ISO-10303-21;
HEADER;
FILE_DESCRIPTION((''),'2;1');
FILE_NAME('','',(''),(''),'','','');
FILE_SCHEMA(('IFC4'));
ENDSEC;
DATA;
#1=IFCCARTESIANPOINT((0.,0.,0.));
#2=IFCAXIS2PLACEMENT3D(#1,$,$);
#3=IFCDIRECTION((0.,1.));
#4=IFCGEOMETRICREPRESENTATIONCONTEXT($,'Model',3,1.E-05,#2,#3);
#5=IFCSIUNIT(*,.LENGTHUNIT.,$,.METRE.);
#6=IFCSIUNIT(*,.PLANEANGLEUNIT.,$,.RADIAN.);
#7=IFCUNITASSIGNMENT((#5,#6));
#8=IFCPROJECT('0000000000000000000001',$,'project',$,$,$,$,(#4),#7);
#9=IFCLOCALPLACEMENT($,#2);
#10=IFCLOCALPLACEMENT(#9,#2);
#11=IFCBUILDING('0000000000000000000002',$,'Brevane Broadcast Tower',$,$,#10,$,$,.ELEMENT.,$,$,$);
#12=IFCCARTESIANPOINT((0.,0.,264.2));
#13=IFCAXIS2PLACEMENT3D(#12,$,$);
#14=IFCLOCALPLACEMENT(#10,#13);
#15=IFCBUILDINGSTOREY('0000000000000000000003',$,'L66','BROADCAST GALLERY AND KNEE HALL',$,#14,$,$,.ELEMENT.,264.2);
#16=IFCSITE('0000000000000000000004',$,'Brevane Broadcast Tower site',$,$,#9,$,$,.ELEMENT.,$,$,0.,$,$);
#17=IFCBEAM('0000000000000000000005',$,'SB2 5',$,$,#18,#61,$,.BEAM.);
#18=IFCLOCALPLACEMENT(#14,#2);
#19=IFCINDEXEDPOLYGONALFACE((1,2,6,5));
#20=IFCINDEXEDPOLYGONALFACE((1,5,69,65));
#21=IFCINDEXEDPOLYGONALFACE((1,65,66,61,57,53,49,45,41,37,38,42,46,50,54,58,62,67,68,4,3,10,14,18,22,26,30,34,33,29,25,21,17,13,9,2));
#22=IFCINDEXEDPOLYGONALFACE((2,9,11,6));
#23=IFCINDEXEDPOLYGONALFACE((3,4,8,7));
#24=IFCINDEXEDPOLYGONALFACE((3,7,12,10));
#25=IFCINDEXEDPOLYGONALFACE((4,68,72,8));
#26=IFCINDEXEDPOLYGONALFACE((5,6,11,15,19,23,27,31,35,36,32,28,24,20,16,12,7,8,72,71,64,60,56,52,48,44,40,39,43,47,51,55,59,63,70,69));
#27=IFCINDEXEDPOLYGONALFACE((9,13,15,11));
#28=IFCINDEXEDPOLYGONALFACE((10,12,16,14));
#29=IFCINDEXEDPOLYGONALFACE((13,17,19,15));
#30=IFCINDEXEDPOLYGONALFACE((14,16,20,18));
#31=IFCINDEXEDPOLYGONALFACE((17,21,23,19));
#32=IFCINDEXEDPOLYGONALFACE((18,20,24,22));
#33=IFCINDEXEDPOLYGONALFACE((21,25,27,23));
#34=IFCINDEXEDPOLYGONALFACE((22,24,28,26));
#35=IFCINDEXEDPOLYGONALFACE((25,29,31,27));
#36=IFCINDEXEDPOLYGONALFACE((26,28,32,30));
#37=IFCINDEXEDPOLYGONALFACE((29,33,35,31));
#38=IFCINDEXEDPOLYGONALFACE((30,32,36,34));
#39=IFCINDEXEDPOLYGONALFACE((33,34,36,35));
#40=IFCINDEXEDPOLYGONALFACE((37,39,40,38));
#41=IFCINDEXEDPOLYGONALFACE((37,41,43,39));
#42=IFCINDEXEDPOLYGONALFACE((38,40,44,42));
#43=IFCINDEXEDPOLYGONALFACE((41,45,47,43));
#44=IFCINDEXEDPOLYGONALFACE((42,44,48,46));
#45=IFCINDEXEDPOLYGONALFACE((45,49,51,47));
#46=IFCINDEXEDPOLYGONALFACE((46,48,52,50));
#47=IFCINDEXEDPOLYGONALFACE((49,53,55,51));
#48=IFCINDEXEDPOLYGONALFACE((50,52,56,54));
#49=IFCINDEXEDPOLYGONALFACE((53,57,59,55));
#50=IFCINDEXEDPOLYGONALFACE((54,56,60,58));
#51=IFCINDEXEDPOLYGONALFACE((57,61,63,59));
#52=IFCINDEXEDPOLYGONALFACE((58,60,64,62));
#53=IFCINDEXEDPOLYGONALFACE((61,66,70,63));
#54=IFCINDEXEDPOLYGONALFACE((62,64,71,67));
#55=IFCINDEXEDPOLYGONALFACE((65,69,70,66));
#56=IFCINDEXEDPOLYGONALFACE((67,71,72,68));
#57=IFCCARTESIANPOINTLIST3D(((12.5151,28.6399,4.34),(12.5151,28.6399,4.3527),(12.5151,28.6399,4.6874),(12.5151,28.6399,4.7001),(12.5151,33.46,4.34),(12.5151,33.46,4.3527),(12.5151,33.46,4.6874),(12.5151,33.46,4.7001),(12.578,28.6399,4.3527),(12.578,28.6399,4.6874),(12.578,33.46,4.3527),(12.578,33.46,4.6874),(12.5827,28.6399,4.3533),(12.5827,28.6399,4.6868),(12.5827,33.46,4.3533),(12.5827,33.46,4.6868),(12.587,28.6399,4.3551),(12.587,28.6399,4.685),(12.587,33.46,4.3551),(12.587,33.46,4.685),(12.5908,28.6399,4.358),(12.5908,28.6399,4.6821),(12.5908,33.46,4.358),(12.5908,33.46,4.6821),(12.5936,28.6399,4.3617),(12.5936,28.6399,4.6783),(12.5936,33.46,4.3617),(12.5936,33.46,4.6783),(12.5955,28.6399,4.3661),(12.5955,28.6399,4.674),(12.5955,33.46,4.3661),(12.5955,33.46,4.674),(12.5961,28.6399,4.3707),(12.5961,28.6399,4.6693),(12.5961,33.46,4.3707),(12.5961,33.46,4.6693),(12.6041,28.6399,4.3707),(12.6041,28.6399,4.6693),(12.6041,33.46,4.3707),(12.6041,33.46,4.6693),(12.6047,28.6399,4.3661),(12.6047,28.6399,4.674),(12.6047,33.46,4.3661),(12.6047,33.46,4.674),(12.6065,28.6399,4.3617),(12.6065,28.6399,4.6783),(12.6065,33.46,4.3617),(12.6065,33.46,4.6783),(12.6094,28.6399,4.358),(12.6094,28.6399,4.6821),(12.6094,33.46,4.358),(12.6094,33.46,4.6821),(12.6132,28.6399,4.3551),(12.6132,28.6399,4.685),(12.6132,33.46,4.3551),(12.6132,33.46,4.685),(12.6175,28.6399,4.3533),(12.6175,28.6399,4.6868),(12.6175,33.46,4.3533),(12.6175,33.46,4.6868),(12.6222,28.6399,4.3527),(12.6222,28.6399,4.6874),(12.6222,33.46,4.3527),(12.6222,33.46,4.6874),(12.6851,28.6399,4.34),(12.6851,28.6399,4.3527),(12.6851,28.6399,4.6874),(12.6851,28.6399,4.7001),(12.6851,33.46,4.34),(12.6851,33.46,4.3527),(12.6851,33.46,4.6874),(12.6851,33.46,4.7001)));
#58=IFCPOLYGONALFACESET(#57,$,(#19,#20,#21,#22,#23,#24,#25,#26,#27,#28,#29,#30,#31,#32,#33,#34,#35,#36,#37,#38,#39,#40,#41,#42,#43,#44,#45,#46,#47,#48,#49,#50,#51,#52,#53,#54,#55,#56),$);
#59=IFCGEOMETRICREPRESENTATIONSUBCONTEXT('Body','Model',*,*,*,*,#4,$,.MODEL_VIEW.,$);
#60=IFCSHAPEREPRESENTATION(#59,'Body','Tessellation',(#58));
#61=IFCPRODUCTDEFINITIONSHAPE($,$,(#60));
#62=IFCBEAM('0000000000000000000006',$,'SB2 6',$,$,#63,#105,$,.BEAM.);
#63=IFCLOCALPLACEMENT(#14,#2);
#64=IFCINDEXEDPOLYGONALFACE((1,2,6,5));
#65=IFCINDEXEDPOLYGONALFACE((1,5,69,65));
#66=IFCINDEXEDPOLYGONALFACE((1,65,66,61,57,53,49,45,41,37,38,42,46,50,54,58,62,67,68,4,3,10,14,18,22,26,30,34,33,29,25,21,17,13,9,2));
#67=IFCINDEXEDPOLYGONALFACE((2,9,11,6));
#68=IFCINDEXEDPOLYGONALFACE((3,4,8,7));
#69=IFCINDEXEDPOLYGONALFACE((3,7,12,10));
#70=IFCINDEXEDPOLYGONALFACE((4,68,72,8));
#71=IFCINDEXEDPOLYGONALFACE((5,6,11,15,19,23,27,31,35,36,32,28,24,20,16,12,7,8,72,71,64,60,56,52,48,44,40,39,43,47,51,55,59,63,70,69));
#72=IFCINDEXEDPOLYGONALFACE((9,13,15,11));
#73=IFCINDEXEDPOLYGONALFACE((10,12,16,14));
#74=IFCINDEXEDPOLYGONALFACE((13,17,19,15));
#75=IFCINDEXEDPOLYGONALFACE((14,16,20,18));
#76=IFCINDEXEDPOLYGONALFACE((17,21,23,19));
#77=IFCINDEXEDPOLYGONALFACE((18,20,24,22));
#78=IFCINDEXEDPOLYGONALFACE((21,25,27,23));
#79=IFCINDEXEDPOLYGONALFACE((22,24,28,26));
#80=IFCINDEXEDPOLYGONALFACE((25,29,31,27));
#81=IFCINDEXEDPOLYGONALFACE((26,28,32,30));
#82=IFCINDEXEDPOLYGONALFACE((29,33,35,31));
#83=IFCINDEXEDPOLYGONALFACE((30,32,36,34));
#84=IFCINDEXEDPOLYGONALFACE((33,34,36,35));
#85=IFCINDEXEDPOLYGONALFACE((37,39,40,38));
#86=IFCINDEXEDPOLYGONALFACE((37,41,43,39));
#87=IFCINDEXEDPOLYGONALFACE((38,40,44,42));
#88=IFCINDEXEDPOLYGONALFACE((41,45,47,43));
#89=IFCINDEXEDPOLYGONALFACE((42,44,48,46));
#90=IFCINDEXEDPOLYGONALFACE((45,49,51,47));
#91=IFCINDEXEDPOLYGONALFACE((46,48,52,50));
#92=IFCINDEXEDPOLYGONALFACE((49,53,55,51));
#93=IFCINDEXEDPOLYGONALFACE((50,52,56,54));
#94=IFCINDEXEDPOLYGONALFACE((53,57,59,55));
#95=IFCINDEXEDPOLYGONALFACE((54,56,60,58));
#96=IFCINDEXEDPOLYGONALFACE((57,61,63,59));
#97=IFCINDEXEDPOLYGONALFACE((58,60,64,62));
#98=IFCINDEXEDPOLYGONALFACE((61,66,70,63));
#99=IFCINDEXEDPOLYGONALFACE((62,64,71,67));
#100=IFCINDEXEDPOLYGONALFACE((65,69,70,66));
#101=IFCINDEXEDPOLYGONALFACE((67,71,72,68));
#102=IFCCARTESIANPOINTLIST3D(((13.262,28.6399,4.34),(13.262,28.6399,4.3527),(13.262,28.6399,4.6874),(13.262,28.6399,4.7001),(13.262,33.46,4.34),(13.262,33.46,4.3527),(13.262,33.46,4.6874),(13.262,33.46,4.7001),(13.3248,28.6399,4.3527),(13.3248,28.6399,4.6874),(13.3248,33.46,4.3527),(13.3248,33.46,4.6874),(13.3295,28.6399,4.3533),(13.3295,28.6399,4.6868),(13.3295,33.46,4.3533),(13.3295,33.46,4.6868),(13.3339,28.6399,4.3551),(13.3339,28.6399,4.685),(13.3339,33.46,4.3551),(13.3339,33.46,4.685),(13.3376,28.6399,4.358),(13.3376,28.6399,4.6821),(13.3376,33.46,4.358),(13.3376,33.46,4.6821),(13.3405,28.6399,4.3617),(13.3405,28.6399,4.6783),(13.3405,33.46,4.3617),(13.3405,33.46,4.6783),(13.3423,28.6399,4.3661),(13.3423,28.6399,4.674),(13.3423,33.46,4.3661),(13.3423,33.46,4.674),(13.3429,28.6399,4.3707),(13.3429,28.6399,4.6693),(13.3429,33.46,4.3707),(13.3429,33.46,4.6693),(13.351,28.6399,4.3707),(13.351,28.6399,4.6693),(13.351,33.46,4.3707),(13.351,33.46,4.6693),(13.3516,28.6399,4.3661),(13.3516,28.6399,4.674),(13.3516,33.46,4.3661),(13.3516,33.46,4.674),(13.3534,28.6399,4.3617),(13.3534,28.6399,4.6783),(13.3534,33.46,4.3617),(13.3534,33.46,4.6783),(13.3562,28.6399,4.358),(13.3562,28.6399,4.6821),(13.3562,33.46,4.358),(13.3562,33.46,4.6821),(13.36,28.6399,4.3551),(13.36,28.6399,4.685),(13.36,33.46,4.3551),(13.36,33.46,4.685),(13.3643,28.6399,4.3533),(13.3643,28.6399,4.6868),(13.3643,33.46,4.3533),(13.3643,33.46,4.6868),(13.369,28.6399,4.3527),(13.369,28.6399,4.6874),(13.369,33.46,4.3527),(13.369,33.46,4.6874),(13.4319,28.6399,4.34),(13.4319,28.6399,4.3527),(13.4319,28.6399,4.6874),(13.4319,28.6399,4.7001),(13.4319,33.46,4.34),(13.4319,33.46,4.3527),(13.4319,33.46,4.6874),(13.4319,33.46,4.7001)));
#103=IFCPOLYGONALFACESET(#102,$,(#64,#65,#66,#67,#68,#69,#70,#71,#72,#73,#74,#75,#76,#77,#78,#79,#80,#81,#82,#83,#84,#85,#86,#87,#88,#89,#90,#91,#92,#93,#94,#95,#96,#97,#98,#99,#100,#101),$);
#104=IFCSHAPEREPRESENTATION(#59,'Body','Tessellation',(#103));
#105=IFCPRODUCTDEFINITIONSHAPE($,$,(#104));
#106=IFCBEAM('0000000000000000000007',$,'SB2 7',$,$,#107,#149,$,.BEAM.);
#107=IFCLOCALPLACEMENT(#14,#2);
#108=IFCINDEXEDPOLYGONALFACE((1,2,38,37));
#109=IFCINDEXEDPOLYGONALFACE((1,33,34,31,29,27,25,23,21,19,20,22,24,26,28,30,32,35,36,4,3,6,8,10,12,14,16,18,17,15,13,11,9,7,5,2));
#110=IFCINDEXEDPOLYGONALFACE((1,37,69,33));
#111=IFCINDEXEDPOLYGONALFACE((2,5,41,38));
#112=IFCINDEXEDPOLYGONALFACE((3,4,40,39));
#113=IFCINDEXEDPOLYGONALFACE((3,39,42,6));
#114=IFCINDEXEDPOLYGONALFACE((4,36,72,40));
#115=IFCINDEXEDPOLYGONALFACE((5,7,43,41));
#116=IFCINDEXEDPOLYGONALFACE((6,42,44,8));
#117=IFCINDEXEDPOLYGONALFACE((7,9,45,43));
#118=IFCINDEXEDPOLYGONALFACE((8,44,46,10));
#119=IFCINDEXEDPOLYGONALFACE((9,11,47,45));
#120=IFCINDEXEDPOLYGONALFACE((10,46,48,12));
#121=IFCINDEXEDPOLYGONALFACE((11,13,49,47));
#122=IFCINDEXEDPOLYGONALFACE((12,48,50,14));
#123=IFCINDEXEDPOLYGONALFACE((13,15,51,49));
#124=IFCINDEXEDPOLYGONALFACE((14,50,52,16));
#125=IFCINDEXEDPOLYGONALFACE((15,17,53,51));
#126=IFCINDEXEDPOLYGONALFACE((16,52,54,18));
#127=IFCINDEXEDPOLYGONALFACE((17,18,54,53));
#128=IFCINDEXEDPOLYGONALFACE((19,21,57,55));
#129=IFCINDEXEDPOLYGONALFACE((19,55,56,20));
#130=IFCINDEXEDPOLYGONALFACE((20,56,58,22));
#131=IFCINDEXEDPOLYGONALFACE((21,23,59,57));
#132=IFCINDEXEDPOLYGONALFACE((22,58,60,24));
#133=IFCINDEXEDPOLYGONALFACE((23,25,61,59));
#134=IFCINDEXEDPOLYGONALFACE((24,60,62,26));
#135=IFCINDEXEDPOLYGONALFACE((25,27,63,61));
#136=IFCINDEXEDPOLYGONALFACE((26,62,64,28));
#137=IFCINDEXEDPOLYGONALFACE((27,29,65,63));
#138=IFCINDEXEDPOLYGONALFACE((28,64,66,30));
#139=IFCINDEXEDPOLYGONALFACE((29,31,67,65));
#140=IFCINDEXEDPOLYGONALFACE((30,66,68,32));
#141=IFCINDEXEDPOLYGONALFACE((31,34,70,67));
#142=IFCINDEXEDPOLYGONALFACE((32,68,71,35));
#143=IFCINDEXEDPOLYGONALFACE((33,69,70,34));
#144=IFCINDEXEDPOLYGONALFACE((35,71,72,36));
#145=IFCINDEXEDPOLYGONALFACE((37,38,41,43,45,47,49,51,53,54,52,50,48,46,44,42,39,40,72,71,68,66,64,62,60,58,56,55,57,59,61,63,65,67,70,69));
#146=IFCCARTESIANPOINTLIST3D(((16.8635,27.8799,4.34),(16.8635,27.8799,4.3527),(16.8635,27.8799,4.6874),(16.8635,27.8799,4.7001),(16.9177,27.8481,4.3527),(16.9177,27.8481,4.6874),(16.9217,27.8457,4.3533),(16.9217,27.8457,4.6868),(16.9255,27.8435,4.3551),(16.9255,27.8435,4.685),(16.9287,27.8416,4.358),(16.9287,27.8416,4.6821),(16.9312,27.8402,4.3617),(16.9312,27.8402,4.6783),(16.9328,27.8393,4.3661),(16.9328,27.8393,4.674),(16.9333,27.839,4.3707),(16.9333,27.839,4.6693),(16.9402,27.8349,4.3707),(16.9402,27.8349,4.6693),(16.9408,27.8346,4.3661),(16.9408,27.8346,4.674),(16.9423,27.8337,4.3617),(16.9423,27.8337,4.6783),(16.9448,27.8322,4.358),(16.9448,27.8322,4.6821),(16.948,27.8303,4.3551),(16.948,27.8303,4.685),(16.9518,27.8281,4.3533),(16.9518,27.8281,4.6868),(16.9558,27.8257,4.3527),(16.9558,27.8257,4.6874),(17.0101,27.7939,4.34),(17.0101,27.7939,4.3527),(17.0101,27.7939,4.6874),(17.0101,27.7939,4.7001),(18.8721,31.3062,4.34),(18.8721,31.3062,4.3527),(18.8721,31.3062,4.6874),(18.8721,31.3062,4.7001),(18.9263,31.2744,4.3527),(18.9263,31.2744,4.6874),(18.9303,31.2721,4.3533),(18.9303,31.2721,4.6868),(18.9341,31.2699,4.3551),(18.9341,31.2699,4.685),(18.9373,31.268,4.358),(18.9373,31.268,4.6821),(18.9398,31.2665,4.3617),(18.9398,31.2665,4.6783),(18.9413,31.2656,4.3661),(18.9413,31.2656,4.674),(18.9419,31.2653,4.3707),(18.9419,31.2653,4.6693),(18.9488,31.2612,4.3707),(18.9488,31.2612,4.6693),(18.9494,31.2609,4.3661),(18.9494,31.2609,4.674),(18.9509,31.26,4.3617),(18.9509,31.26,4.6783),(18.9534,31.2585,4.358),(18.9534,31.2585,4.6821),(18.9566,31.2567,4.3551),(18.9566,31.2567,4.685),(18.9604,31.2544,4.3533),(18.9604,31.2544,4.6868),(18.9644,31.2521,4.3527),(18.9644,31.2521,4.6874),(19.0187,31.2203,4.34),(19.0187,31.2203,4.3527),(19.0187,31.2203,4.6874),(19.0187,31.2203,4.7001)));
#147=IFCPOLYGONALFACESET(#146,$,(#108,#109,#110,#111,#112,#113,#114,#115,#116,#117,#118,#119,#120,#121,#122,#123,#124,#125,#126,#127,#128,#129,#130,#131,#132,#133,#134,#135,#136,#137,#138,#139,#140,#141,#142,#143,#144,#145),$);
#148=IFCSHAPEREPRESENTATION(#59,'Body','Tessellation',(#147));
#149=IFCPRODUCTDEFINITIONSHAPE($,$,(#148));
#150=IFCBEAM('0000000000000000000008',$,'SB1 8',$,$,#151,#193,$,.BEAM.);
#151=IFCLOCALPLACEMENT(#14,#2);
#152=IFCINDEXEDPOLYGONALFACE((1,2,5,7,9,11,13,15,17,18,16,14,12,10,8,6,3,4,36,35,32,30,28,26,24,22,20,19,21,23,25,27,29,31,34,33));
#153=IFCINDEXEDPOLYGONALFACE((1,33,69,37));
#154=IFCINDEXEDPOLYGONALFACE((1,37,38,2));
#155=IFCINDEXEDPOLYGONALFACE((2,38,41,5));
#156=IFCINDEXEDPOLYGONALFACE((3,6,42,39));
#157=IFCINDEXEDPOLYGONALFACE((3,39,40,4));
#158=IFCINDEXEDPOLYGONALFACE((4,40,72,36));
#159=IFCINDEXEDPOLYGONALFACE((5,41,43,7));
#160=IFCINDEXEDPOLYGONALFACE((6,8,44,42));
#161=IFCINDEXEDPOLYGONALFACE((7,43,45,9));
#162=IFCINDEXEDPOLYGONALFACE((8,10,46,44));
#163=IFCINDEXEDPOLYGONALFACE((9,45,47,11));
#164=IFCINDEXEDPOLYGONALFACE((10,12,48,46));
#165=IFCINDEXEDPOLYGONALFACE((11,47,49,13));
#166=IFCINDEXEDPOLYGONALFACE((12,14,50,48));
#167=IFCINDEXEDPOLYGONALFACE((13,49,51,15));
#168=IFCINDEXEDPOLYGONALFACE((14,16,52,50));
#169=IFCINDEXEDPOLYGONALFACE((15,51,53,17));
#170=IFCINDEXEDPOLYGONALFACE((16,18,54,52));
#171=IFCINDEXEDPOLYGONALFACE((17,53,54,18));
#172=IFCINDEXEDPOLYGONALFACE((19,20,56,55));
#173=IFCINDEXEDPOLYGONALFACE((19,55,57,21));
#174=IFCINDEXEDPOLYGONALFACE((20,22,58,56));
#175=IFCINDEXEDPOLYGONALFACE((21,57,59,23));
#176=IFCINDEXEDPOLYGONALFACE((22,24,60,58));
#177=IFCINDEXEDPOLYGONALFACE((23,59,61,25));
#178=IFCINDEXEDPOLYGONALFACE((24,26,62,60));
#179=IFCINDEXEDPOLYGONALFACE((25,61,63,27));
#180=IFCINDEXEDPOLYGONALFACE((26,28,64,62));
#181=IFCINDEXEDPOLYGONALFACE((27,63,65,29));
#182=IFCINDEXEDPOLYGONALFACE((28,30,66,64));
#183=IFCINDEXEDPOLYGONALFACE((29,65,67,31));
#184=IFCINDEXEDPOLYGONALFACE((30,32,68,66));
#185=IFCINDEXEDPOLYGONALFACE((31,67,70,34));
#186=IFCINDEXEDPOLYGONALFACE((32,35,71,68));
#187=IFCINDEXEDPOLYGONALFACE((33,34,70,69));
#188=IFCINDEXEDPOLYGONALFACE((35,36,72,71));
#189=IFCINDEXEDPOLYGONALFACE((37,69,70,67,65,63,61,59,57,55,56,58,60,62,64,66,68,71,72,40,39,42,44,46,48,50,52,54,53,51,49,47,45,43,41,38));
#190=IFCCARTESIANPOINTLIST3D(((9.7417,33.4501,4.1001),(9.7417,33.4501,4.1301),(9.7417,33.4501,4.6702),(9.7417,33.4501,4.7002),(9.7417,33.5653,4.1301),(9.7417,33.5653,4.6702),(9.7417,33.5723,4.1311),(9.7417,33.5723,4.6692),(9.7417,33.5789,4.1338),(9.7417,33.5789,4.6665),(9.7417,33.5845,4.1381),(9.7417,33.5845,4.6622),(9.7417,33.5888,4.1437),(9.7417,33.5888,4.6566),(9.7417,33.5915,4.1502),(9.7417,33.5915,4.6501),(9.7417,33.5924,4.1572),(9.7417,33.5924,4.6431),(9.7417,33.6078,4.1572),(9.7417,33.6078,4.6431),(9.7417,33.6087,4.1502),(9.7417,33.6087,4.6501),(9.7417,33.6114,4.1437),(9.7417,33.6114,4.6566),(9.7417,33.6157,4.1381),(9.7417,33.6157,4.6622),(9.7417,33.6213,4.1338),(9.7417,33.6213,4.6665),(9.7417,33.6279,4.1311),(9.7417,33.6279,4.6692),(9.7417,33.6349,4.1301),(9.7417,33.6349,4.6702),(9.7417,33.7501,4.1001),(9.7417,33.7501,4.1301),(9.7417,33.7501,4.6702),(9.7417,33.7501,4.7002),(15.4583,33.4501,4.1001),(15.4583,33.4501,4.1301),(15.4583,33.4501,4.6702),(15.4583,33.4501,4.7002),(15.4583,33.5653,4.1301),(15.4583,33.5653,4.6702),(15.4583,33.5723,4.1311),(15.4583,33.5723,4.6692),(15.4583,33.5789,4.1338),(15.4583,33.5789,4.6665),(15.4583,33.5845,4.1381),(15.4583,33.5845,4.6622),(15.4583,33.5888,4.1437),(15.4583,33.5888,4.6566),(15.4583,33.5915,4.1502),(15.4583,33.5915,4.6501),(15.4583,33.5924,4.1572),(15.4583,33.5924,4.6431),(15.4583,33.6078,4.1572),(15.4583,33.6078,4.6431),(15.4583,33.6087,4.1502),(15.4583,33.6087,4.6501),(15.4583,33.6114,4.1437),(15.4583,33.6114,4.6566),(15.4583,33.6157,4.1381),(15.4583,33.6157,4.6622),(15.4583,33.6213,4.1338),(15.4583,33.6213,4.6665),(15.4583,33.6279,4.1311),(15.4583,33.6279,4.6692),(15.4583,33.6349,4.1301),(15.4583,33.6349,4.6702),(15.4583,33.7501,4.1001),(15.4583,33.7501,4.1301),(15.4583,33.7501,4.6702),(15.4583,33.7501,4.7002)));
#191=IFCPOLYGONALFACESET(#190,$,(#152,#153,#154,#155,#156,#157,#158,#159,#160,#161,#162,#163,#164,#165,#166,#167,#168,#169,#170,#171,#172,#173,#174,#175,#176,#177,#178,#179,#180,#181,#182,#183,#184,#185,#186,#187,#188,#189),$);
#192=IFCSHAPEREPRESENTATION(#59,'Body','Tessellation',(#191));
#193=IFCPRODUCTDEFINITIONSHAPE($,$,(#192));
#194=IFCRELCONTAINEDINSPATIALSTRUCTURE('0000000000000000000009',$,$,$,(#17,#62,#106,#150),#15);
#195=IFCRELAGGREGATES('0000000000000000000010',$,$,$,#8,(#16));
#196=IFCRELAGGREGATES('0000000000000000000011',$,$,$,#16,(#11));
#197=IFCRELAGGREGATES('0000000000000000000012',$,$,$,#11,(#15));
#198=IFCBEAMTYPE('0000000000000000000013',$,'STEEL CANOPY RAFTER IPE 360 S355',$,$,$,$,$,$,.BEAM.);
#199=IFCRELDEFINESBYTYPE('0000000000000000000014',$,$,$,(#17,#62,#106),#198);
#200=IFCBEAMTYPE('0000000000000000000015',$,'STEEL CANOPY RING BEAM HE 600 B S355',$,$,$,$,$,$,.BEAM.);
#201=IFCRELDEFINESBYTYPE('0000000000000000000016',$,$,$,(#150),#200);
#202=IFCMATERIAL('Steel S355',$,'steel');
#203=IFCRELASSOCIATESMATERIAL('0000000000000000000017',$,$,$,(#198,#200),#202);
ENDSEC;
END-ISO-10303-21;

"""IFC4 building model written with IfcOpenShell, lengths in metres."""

from ifc_helpers import new_model, si_unit, direction, frame, origin, origin_2d, place, context, subcontext, project, spatial, i_section, extrude, material, material_profile, profile_set, type_object, element, save


model = new_model("IFC4")

# Units and contexts
model_context = context("Model", 3, precision=1e-05, world=origin(), true_north=direction((0.0, 1.0)))
body_context = subcontext(model_context, "Body", "Model", "MODEL_VIEW")
ifc_project = project(units=[si_unit("LENGTHUNIT", "METRE"), si_unit("PLANEANGLEUNIT", "RADIAN")], contexts=[model_context])

# Site, building, storey
site_placement = place(None, origin())
site = spatial("IfcSite", under=ifc_project, at=site_placement, Name="Brevane Broadcast Tower site", CompositionType="ELEMENT", RefElevation=0.0)
building_placement = place(site_placement, origin())
building = spatial("IfcBuilding", under=site, at=building_placement, Name="Brevane Broadcast Tower", CompositionType="ELEMENT")
storey_placement = place(building_placement, frame((0.0, 0.0, 264.2)))
storey = spatial("IfcBuildingStorey", under=building, at=storey_placement, Name="L66", Description="BROADCAST GALLERY AND KNEE HALL", CompositionType="ELEMENT", Elevation=264.2)

# Shared definitions
ifc_material_1 = material(Name="Steel S355", Category="steel")

# Beams
ifc_material_profile_1 = material_profile(ifc_material_1, i_section(OverallWidth=0.1699, OverallDepth=0.3601, WebThickness=0.0081, FlangeThickness=0.0127, FilletRadius=0.0181, at=origin_2d()), Name="IPE 360")
ifc_profile_set_1 = profile_set([ifc_material_profile_1], Name="Steel S355")
beam_type_1 = type_object("IfcBeamType", Name="STEEL CANOPY RAFTER IPE 360 S355", PredefinedType="BEAM", material=ifc_profile_set_1)
for number, where, z_axis, x_axis, name in (
    (1, (12.6001, 28.6399, 4.52), (0.0, 1.0, 0.0), (-1.0, 0.0, 0.0), "SB2 5"),
    (2, (13.3469, 28.6399, 4.52), (0.0, 1.0, 0.0), (-1.0, 0.0, 0.0), "SB2 6"),
):
    element("IfcBeam", number, at=place(storey_placement, frame(where, z_axis=z_axis, x_axis=x_axis)), inside=storey, type_object=beam_type_1, Name=name, PredefinedType="BEAM", context=body_context, shape_type="SweptSolid", body=[
        extrude(i_section(OverallWidth=0.1699, OverallDepth=0.3601, WebThickness=0.0081, FlangeThickness=0.0127, FilletRadius=0.0181, at=origin_2d()), origin(), (0.0, 0.0, 1.0), 4.8201),
    ])
beam_1_placement = place(storey_placement, frame((16.9368, 27.8369, 4.52), z_axis=(0.505727, 0.862693, 0.0), x_axis=(-0.862693, 0.505727, 0.0)))
element("IfcBeam", 3, at=beam_1_placement, inside=storey, type_object=beam_type_1, Name="SB2 7", PredefinedType="BEAM", context=body_context, shape_type="SweptSolid", body=[
    extrude(i_section(OverallWidth=0.1699, OverallDepth=0.3601, WebThickness=0.0081, FlangeThickness=0.0127, FilletRadius=0.0181, at=origin_2d()), origin(), (0.0, 0.0, 1.0), 3.9717),
])
ifc_material_profile_2 = material_profile(ifc_material_1, i_section(OverallWidth=0.3, OverallDepth=0.6001, WebThickness=0.0154, FlangeThickness=0.03, FilletRadius=0.0271, at=origin_2d()), Name="HE 600 B")
ifc_profile_set_2 = profile_set([ifc_material_profile_2], Name="Steel S355")
beam_type_2 = type_object("IfcBeamType", Name="STEEL CANOPY RING BEAM HE 600 B S355", PredefinedType="BEAM", material=ifc_profile_set_2)
beam_2_placement = place(storey_placement, frame((15.4583, 33.6001, 4.4001), z_axis=(-1.0, 0.0, 0.0), x_axis=(0.0, -1.0, 0.0)))
element("IfcBeam", 4, at=beam_2_placement, inside=storey, type_object=beam_type_2, Name="SB1 8", PredefinedType="BEAM", context=body_context, shape_type="SweptSolid", body=[
    extrude(i_section(OverallWidth=0.3, OverallDepth=0.6001, WebThickness=0.0154, FlangeThickness=0.03, FilletRadius=0.0271, at=origin_2d()), origin(), (0.0, 0.0, 1.0), 5.7166),
])

save(model, "model.ifc")
